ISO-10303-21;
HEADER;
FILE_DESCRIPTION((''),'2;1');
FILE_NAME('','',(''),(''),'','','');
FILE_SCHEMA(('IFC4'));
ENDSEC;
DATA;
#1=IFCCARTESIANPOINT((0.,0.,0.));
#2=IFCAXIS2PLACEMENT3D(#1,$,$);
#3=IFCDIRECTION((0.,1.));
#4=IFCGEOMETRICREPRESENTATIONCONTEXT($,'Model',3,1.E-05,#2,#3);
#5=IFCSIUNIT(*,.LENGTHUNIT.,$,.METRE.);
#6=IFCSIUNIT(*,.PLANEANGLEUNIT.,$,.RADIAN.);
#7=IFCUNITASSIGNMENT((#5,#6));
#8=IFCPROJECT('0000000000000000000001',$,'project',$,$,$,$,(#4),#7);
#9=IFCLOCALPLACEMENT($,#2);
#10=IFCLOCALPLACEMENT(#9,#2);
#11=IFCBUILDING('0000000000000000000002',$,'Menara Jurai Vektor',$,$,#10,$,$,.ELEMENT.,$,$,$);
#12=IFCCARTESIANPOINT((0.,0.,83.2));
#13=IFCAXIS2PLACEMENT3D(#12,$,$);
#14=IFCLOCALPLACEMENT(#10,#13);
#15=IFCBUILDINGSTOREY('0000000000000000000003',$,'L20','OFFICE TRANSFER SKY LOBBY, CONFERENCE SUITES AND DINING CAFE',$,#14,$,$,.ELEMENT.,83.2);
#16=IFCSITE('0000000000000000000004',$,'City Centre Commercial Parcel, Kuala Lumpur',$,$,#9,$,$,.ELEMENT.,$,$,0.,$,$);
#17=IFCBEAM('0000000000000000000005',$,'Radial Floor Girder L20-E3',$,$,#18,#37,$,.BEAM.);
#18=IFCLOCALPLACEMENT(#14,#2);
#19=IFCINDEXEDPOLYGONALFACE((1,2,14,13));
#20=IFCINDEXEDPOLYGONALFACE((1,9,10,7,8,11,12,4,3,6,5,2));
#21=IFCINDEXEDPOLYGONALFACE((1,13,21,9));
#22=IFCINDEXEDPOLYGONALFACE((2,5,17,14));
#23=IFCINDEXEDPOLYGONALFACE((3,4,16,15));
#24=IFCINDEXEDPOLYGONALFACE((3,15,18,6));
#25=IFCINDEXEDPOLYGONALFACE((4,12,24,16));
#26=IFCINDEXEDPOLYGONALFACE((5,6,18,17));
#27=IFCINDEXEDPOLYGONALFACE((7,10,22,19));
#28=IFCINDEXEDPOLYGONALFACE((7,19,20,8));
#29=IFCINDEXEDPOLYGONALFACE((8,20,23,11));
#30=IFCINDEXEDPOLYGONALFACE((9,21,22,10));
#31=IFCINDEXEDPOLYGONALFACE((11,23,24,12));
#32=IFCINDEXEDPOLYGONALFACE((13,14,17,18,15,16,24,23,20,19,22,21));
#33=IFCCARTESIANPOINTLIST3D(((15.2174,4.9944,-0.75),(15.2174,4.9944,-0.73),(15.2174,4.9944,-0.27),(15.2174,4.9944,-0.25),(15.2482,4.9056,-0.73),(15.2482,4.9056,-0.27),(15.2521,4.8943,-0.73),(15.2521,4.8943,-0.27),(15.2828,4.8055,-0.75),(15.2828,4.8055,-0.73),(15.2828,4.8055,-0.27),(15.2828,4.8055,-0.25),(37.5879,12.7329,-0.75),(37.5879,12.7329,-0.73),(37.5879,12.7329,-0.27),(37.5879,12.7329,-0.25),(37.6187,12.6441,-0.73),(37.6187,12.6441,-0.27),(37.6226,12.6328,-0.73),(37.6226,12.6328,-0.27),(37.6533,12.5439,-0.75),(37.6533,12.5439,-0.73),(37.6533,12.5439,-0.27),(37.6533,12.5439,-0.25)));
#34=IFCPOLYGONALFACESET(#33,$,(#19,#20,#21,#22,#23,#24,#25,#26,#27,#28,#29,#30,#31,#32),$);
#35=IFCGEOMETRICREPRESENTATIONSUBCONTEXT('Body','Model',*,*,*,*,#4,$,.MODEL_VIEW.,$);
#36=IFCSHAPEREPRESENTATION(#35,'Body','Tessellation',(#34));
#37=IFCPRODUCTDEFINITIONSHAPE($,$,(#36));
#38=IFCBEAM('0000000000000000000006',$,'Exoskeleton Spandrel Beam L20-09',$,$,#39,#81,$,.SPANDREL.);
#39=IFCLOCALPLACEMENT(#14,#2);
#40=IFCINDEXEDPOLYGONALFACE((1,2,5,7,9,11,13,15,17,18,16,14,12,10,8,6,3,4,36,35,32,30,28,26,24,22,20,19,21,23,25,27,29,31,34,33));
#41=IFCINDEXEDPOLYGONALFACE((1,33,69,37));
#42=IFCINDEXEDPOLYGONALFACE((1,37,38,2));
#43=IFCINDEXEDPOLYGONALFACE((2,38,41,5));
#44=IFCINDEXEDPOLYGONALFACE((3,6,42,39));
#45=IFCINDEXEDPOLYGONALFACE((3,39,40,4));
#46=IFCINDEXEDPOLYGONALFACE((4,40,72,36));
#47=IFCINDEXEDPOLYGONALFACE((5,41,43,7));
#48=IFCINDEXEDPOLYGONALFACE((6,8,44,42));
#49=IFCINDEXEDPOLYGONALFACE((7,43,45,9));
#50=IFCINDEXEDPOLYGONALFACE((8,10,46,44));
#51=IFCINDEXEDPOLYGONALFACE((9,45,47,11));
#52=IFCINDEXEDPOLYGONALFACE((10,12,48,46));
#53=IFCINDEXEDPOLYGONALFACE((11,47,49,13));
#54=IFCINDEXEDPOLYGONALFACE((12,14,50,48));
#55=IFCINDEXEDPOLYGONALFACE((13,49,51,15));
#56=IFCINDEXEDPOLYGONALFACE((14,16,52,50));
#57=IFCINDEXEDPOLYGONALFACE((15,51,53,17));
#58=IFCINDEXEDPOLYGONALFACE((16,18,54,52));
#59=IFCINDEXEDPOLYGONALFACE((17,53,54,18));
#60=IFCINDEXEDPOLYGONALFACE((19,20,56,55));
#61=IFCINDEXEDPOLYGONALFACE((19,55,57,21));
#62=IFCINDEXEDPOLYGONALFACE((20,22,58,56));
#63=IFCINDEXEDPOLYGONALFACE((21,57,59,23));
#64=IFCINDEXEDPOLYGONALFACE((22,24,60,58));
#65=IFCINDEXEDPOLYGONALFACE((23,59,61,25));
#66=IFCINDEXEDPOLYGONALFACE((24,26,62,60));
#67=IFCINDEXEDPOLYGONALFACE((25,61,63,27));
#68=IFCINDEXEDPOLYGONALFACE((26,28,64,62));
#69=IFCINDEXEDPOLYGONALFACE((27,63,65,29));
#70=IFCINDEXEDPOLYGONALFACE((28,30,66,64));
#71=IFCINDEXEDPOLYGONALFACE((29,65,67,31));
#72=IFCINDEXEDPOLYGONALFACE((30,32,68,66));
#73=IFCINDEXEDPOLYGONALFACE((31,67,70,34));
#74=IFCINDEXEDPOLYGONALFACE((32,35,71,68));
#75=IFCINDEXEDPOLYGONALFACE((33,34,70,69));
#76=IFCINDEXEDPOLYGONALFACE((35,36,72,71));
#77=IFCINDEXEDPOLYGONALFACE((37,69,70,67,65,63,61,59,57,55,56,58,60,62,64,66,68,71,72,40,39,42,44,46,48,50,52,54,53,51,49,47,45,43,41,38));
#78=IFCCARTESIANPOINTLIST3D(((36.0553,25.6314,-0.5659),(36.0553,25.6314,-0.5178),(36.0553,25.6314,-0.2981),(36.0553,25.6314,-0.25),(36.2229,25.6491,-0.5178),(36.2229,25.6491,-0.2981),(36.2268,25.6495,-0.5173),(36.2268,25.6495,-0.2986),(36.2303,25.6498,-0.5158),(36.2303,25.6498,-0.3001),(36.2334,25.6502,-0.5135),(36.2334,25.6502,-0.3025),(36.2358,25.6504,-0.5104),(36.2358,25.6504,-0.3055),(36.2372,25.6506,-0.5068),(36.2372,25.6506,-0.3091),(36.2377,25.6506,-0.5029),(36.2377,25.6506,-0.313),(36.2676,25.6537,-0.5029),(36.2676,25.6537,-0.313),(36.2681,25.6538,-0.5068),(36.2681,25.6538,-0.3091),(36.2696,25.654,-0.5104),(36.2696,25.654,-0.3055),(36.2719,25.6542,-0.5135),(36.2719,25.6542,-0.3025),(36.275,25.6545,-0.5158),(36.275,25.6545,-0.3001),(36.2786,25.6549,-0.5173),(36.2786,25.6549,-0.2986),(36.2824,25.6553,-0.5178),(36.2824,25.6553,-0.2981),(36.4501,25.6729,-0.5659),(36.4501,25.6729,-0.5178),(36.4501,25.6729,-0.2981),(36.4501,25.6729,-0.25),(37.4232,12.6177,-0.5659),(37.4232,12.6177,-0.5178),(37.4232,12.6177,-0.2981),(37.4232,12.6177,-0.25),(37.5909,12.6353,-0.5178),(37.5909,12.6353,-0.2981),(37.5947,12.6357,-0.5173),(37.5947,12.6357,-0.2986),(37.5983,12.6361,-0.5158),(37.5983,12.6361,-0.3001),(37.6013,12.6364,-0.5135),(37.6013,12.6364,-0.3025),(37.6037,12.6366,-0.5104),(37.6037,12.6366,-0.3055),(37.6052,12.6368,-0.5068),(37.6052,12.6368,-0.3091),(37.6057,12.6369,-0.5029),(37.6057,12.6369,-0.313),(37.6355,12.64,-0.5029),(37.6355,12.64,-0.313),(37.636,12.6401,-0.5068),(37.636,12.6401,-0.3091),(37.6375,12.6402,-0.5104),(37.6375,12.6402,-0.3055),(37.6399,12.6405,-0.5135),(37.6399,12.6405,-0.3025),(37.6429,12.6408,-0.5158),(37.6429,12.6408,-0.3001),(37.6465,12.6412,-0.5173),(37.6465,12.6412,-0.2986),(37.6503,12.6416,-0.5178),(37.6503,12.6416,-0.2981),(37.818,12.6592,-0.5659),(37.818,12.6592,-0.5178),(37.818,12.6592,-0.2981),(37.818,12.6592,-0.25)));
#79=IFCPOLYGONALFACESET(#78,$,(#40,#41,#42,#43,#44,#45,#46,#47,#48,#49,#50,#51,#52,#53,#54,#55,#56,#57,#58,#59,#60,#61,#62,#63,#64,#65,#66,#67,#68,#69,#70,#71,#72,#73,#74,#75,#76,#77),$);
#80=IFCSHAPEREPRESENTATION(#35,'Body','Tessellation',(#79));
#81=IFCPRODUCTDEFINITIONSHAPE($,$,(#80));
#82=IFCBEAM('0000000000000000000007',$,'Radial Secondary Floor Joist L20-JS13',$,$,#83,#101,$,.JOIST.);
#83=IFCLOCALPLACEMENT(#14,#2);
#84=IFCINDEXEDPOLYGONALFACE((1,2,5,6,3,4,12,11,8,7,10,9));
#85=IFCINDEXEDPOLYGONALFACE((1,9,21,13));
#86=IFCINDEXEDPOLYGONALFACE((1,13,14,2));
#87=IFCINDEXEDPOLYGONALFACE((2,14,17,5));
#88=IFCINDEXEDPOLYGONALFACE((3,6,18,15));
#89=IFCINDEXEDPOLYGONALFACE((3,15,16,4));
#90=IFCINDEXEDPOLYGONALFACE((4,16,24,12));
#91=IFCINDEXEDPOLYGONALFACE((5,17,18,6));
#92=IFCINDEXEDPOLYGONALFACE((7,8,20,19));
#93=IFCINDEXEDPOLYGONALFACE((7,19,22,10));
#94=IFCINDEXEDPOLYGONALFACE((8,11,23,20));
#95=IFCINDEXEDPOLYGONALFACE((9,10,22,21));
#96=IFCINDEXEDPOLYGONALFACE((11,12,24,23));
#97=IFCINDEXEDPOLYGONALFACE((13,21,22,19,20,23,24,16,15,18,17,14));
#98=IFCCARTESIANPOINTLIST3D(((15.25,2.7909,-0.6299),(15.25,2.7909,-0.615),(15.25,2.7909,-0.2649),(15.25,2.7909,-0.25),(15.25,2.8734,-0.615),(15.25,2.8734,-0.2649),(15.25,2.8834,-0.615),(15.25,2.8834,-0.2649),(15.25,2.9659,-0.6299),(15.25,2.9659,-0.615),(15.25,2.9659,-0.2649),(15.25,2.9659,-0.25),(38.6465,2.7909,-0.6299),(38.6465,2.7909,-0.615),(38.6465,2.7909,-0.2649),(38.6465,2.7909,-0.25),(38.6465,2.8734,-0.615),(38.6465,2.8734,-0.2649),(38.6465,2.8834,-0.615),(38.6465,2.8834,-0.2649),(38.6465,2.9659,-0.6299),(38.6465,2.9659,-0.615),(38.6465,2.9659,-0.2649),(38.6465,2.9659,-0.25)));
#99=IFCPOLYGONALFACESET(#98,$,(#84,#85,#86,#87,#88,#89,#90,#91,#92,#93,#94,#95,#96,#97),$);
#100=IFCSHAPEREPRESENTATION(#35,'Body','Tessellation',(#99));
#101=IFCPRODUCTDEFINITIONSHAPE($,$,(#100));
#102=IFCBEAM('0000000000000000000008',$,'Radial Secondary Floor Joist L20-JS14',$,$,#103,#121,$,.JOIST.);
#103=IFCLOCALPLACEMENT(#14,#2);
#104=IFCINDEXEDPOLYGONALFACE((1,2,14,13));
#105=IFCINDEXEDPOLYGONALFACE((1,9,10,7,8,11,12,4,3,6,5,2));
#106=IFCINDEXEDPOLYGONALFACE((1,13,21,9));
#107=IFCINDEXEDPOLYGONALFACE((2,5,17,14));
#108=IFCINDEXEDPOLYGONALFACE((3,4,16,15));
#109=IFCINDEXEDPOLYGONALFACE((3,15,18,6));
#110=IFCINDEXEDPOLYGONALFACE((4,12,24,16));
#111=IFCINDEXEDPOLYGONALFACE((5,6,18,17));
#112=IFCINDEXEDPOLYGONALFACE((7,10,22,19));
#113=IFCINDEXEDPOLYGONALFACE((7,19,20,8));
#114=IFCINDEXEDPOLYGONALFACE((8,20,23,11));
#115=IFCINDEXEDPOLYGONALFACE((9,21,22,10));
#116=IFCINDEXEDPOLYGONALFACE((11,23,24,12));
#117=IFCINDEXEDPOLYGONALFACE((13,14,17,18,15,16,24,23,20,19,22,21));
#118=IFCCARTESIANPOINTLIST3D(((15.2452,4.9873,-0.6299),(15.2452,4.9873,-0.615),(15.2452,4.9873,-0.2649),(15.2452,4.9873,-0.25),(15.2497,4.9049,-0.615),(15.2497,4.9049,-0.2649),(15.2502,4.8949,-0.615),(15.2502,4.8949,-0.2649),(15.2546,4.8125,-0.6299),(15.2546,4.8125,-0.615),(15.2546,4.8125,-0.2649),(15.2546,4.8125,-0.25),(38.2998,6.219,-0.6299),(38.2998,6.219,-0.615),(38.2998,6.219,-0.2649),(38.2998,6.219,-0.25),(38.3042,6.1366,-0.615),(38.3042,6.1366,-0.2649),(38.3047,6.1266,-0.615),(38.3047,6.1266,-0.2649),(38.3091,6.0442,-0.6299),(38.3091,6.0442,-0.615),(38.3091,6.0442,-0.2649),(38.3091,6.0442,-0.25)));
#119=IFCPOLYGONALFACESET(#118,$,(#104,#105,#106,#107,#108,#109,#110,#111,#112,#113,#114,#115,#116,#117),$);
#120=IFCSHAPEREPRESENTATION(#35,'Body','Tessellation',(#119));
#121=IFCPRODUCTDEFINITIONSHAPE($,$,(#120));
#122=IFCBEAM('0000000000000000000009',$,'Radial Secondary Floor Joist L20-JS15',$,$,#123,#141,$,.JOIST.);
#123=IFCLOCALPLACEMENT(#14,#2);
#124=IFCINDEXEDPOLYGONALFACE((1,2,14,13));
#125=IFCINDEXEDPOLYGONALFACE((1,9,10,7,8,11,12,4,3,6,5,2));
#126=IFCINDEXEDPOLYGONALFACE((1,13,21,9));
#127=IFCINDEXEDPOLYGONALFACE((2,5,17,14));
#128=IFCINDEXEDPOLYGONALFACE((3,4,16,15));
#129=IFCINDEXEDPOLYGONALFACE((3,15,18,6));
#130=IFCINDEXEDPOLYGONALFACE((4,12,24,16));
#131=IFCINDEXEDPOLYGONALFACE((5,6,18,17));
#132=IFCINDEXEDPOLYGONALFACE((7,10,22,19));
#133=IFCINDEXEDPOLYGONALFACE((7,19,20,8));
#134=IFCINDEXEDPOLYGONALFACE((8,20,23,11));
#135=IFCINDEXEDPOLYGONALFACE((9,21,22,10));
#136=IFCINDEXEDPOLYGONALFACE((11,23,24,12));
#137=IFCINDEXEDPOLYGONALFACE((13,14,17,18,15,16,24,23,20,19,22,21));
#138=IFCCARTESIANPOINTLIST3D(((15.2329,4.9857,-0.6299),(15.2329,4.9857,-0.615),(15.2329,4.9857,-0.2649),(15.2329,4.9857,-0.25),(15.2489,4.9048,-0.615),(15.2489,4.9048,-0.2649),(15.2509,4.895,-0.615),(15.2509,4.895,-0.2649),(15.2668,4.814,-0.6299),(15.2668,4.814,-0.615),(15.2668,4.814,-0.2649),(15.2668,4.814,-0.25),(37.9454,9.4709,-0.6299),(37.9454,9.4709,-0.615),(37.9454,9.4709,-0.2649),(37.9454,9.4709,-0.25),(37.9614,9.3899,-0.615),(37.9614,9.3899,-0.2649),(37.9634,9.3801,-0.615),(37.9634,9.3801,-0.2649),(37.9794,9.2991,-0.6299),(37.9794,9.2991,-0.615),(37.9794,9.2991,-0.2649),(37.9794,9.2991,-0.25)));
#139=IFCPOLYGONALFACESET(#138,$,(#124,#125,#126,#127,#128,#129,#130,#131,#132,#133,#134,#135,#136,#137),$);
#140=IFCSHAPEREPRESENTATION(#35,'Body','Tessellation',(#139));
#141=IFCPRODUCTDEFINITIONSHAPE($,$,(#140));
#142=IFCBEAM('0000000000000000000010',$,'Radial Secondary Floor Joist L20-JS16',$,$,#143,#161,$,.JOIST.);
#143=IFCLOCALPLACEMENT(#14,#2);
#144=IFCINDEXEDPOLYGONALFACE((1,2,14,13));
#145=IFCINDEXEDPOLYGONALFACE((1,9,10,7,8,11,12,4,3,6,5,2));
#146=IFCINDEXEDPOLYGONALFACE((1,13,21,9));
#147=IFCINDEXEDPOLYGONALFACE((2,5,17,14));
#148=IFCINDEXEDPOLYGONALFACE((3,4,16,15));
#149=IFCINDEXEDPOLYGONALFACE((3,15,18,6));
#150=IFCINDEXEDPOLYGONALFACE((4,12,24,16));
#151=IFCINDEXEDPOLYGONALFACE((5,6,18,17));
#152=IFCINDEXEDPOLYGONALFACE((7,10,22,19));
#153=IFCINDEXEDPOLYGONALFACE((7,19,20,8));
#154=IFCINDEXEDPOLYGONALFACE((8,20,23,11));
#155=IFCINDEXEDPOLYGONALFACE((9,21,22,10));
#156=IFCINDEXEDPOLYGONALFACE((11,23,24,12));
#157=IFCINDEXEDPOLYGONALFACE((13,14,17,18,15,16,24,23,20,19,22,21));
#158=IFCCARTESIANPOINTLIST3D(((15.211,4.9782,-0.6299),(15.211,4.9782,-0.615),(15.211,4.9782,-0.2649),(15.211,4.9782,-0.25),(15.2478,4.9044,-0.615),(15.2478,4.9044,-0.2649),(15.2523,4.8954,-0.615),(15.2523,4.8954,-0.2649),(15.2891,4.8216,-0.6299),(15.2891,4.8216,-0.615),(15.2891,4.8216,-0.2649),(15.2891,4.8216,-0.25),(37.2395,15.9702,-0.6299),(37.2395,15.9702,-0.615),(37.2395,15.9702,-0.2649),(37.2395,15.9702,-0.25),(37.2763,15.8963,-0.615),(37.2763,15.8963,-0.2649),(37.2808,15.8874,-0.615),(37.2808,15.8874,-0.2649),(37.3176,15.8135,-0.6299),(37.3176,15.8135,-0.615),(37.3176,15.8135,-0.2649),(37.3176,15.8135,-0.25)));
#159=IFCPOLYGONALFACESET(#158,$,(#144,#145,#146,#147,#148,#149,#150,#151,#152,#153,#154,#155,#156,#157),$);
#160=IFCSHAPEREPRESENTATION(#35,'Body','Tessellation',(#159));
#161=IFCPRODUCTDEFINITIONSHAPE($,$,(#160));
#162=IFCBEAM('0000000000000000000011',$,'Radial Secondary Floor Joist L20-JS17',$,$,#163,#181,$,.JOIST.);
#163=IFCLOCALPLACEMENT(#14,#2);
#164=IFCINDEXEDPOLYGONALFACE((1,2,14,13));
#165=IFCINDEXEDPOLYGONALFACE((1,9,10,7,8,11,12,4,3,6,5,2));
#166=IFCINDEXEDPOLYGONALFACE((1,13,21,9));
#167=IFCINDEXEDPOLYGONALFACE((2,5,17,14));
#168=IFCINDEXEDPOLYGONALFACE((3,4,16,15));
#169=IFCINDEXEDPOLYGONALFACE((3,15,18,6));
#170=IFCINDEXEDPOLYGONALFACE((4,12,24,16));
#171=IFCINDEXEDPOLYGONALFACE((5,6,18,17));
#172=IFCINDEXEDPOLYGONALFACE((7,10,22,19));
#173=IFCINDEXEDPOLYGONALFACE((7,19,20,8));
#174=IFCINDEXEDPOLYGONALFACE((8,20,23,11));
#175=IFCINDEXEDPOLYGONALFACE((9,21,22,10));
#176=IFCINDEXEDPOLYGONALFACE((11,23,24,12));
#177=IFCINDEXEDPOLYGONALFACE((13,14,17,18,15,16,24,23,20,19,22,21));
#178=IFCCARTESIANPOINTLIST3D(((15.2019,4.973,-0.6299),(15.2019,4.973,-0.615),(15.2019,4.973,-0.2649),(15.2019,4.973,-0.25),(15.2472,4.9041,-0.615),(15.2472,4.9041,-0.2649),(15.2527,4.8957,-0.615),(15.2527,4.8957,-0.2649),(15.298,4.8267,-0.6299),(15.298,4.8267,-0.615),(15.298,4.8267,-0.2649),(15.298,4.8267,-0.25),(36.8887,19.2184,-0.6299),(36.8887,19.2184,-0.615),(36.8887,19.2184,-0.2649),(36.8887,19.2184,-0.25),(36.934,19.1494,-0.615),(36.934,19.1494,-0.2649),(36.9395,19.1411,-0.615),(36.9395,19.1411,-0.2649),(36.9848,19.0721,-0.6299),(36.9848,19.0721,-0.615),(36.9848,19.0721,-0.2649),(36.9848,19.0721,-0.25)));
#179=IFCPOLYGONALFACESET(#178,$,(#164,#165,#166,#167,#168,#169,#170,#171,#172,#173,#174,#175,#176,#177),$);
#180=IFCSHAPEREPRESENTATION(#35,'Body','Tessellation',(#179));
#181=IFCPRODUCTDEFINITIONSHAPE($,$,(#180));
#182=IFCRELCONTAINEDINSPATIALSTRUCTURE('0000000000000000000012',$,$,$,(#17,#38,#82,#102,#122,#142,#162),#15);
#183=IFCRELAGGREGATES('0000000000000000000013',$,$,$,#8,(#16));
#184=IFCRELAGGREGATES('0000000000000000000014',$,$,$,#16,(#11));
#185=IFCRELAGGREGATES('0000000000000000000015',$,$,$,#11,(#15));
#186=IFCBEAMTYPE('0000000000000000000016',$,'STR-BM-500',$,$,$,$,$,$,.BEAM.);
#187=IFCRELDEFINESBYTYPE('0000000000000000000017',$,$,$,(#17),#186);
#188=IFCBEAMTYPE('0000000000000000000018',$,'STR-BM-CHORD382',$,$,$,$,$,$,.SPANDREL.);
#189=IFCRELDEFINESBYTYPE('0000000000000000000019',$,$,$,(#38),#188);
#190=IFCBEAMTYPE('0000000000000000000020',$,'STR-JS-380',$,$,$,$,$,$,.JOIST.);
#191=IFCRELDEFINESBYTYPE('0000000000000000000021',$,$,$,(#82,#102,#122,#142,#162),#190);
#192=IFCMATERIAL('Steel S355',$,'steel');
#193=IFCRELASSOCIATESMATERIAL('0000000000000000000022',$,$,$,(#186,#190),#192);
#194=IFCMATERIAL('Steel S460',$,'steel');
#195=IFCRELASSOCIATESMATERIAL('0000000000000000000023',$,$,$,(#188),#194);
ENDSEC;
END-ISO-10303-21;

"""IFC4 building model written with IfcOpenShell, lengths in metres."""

from ifc_helpers import new_model, si_unit, direction, frame, origin, origin_2d, place, context, subcontext, project, spatial, i_section, extrude, material, material_profile, profile_set, type_object, element, save


model = new_model("IFC4")

# Units and contexts
model_context = context("Model", 3, precision=1e-05, world=origin(), true_north=direction((0.0, 1.0)))
body_context = subcontext(model_context, "Body", "Model", "MODEL_VIEW")
ifc_project = project(units=[si_unit("LENGTHUNIT", "METRE"), si_unit("PLANEANGLEUNIT", "RADIAN")], contexts=[model_context])

# Site, building, storey
site_placement = place(None, origin())
site = spatial("IfcSite", under=ifc_project, at=site_placement, Name="City Centre Commercial Parcel, Kuala Lumpur", CompositionType="ELEMENT", RefElevation=0.0)
building_placement = place(site_placement, origin())
building = spatial("IfcBuilding", under=site, at=building_placement, Name="Menara Jurai Vektor", CompositionType="ELEMENT")
storey_placement = place(building_placement, frame((0.0, 0.0, 83.2)))
storey = spatial("IfcBuildingStorey", under=building, at=storey_placement, Name="L20", Description="OFFICE TRANSFER SKY LOBBY, CONFERENCE SUITES AND DINING CAFE", CompositionType="ELEMENT", Elevation=83.2)

# Shared definitions
ifc_material_1 = material(Name="Steel S460", Category="steel")

# Beams
ifc_material_2 = material(Name="Steel S355", Category="steel")
ifc_material_profile_1 = material_profile(ifc_material_2, i_section(OverallWidth=0.2, OverallDepth=0.5, WebThickness=0.012, FlangeThickness=0.02, at=origin_2d()), Name="PG 500x200x96")
ifc_profile_set_1 = profile_set([ifc_material_profile_1], Name="Steel S355")
beam_type_1 = type_object("IfcBeamType", Name="STR-BM-500", PredefinedType="BEAM", material=ifc_profile_set_1)
beam_1_placement = place(storey_placement, frame((37.6206, 12.6384, -0.5), z_axis=(-0.945053, -0.326916, 0.0), x_axis=(0.326916, -0.945053, 0.0)))
element("IfcBeam", 1, at=beam_1_placement, inside=storey, type_object=beam_type_1, Name="Radial Floor Girder L20-E3", PredefinedType="BEAM", context=body_context, shape_type="SweptSolid", body=[
    extrude(i_section(OverallWidth=0.2, OverallDepth=0.5, WebThickness=0.012, FlangeThickness=0.02, at=origin_2d()), origin(), (0.0, 0.0, 1.0), 23.6711),
])
ifc_material_profile_2 = material_profile(ifc_material_1, i_section(OverallWidth=0.397, OverallDepth=0.3159, WebThickness=0.03, FlangeThickness=0.0481, FilletRadius=0.0149, at=origin_2d()), Name="HD 400x382")
ifc_profile_set_2 = profile_set([ifc_material_profile_2], Name="Steel S460")
beam_type_2 = type_object("IfcBeamType", Name="STR-BM-CHORD382", PredefinedType="SPANDREL", material=ifc_profile_set_2)
beam_2_placement = place(storey_placement, frame((37.6206, 12.6384, -0.408), z_axis=(-0.104538, 0.994521, 0.0), x_axis=(-0.994521, -0.104538, 0.0)))
element("IfcBeam", 2, at=beam_2_placement, inside=storey, type_object=beam_type_2, Name="Exoskeleton Spandrel Beam L20-09", PredefinedType="SPANDREL", context=body_context, shape_type="SweptSolid", body=[
    extrude(i_section(OverallWidth=0.397, OverallDepth=0.3159, WebThickness=0.03, FlangeThickness=0.0481, FilletRadius=0.0149, at=origin_2d()), origin(), (0.0, 0.0, 1.0), 13.0854),
])
ifc_material_profile_3 = material_profile(ifc_material_2, i_section(OverallWidth=0.175, OverallDepth=0.3799, WebThickness=0.01, FlangeThickness=0.0149, at=origin_2d()), Name="PG 380x175x58")
ifc_profile_set_3 = profile_set([ifc_material_profile_3], Name="Steel S355")
beam_type_3 = type_object("IfcBeamType", Name="STR-JS-380", PredefinedType="JOIST", material=ifc_profile_set_3)
beam_3_placement = place(storey_placement, frame((38.6465, 2.8784, -0.4399), z_axis=(-1.0, 0.0, 0.0), x_axis=(0.0, -1.0, 0.0)))
element("IfcBeam", 3, at=beam_3_placement, inside=storey, type_object=beam_type_3, Name="Radial Secondary Floor Joist L20-JS13", PredefinedType="JOIST", context=body_context, shape_type="SweptSolid", body=[
    extrude(i_section(OverallWidth=0.175, OverallDepth=0.3799, WebThickness=0.01, FlangeThickness=0.0149, at=origin_2d()), origin(), (0.0, 0.0, 1.0), 23.3965),
])
beam_4_placement = place(storey_placement, frame((38.3044, 6.1316, -0.4399), z_axis=(-0.998576, -0.053349, 0.0), x_axis=(0.053349, -0.998576, 0.0)))
element("IfcBeam", 4, at=beam_4_placement, inside=storey, type_object=beam_type_3, Name="Radial Secondary Floor Joist L20-JS14", PredefinedType="JOIST", context=body_context, shape_type="SweptSolid", body=[
    extrude(i_section(OverallWidth=0.175, OverallDepth=0.3799, WebThickness=0.01, FlangeThickness=0.0149, at=origin_2d()), origin(), (0.0, 0.0, 1.0), 23.0874),
])
beam_5_placement = place(storey_placement, frame((37.9624, 9.385, -0.4399), z_axis=(-0.981054, -0.193733, 0.0), x_axis=(0.193733, -0.981054, 0.0)))
element("IfcBeam", 5, at=beam_5_placement, inside=storey, type_object=beam_type_3, Name="Radial Secondary Floor Joist L20-JS15", PredefinedType="JOIST", context=body_context, shape_type="SweptSolid", body=[
    extrude(i_section(OverallWidth=0.175, OverallDepth=0.3799, WebThickness=0.01, FlangeThickness=0.0149, at=origin_2d()), origin(), (0.0, 0.0, 1.0), 23.1511),
])
beam_6_placement = place(storey_placement, frame((37.2786, 15.8918, -0.4399), z_axis=(-0.89479, -0.446488, 0.0), x_axis=(0.446488, -0.89479, 0.0)))
element("IfcBeam", 6, at=beam_6_placement, inside=storey, type_object=beam_type_3, Name="Radial Secondary Floor Joist L20-JS16", PredefinedType="JOIST", context=body_context, shape_type="SweptSolid", body=[
    extrude(i_section(OverallWidth=0.175, OverallDepth=0.3799, WebThickness=0.01, FlangeThickness=0.0149, at=origin_2d()), origin(), (0.0, 0.0, 1.0), 24.6187),
])
beam_7_placement = place(storey_placement, frame((36.9368, 19.1453, -0.4399), z_axis=(-0.835811, -0.549018, 0.0), x_axis=(0.549018, -0.835811, 0.0)))
element("IfcBeam", 7, at=beam_7_placement, inside=storey, type_object=beam_type_3, Name="Radial Secondary Floor Joist L20-JS17", PredefinedType="JOIST", context=body_context, shape_type="SweptSolid", body=[
    extrude(i_section(OverallWidth=0.175, OverallDepth=0.3799, WebThickness=0.01, FlangeThickness=0.0149, at=origin_2d()), origin(), (0.0, 0.0, 1.0), 25.947),
])

save(model, "model.ifc")
